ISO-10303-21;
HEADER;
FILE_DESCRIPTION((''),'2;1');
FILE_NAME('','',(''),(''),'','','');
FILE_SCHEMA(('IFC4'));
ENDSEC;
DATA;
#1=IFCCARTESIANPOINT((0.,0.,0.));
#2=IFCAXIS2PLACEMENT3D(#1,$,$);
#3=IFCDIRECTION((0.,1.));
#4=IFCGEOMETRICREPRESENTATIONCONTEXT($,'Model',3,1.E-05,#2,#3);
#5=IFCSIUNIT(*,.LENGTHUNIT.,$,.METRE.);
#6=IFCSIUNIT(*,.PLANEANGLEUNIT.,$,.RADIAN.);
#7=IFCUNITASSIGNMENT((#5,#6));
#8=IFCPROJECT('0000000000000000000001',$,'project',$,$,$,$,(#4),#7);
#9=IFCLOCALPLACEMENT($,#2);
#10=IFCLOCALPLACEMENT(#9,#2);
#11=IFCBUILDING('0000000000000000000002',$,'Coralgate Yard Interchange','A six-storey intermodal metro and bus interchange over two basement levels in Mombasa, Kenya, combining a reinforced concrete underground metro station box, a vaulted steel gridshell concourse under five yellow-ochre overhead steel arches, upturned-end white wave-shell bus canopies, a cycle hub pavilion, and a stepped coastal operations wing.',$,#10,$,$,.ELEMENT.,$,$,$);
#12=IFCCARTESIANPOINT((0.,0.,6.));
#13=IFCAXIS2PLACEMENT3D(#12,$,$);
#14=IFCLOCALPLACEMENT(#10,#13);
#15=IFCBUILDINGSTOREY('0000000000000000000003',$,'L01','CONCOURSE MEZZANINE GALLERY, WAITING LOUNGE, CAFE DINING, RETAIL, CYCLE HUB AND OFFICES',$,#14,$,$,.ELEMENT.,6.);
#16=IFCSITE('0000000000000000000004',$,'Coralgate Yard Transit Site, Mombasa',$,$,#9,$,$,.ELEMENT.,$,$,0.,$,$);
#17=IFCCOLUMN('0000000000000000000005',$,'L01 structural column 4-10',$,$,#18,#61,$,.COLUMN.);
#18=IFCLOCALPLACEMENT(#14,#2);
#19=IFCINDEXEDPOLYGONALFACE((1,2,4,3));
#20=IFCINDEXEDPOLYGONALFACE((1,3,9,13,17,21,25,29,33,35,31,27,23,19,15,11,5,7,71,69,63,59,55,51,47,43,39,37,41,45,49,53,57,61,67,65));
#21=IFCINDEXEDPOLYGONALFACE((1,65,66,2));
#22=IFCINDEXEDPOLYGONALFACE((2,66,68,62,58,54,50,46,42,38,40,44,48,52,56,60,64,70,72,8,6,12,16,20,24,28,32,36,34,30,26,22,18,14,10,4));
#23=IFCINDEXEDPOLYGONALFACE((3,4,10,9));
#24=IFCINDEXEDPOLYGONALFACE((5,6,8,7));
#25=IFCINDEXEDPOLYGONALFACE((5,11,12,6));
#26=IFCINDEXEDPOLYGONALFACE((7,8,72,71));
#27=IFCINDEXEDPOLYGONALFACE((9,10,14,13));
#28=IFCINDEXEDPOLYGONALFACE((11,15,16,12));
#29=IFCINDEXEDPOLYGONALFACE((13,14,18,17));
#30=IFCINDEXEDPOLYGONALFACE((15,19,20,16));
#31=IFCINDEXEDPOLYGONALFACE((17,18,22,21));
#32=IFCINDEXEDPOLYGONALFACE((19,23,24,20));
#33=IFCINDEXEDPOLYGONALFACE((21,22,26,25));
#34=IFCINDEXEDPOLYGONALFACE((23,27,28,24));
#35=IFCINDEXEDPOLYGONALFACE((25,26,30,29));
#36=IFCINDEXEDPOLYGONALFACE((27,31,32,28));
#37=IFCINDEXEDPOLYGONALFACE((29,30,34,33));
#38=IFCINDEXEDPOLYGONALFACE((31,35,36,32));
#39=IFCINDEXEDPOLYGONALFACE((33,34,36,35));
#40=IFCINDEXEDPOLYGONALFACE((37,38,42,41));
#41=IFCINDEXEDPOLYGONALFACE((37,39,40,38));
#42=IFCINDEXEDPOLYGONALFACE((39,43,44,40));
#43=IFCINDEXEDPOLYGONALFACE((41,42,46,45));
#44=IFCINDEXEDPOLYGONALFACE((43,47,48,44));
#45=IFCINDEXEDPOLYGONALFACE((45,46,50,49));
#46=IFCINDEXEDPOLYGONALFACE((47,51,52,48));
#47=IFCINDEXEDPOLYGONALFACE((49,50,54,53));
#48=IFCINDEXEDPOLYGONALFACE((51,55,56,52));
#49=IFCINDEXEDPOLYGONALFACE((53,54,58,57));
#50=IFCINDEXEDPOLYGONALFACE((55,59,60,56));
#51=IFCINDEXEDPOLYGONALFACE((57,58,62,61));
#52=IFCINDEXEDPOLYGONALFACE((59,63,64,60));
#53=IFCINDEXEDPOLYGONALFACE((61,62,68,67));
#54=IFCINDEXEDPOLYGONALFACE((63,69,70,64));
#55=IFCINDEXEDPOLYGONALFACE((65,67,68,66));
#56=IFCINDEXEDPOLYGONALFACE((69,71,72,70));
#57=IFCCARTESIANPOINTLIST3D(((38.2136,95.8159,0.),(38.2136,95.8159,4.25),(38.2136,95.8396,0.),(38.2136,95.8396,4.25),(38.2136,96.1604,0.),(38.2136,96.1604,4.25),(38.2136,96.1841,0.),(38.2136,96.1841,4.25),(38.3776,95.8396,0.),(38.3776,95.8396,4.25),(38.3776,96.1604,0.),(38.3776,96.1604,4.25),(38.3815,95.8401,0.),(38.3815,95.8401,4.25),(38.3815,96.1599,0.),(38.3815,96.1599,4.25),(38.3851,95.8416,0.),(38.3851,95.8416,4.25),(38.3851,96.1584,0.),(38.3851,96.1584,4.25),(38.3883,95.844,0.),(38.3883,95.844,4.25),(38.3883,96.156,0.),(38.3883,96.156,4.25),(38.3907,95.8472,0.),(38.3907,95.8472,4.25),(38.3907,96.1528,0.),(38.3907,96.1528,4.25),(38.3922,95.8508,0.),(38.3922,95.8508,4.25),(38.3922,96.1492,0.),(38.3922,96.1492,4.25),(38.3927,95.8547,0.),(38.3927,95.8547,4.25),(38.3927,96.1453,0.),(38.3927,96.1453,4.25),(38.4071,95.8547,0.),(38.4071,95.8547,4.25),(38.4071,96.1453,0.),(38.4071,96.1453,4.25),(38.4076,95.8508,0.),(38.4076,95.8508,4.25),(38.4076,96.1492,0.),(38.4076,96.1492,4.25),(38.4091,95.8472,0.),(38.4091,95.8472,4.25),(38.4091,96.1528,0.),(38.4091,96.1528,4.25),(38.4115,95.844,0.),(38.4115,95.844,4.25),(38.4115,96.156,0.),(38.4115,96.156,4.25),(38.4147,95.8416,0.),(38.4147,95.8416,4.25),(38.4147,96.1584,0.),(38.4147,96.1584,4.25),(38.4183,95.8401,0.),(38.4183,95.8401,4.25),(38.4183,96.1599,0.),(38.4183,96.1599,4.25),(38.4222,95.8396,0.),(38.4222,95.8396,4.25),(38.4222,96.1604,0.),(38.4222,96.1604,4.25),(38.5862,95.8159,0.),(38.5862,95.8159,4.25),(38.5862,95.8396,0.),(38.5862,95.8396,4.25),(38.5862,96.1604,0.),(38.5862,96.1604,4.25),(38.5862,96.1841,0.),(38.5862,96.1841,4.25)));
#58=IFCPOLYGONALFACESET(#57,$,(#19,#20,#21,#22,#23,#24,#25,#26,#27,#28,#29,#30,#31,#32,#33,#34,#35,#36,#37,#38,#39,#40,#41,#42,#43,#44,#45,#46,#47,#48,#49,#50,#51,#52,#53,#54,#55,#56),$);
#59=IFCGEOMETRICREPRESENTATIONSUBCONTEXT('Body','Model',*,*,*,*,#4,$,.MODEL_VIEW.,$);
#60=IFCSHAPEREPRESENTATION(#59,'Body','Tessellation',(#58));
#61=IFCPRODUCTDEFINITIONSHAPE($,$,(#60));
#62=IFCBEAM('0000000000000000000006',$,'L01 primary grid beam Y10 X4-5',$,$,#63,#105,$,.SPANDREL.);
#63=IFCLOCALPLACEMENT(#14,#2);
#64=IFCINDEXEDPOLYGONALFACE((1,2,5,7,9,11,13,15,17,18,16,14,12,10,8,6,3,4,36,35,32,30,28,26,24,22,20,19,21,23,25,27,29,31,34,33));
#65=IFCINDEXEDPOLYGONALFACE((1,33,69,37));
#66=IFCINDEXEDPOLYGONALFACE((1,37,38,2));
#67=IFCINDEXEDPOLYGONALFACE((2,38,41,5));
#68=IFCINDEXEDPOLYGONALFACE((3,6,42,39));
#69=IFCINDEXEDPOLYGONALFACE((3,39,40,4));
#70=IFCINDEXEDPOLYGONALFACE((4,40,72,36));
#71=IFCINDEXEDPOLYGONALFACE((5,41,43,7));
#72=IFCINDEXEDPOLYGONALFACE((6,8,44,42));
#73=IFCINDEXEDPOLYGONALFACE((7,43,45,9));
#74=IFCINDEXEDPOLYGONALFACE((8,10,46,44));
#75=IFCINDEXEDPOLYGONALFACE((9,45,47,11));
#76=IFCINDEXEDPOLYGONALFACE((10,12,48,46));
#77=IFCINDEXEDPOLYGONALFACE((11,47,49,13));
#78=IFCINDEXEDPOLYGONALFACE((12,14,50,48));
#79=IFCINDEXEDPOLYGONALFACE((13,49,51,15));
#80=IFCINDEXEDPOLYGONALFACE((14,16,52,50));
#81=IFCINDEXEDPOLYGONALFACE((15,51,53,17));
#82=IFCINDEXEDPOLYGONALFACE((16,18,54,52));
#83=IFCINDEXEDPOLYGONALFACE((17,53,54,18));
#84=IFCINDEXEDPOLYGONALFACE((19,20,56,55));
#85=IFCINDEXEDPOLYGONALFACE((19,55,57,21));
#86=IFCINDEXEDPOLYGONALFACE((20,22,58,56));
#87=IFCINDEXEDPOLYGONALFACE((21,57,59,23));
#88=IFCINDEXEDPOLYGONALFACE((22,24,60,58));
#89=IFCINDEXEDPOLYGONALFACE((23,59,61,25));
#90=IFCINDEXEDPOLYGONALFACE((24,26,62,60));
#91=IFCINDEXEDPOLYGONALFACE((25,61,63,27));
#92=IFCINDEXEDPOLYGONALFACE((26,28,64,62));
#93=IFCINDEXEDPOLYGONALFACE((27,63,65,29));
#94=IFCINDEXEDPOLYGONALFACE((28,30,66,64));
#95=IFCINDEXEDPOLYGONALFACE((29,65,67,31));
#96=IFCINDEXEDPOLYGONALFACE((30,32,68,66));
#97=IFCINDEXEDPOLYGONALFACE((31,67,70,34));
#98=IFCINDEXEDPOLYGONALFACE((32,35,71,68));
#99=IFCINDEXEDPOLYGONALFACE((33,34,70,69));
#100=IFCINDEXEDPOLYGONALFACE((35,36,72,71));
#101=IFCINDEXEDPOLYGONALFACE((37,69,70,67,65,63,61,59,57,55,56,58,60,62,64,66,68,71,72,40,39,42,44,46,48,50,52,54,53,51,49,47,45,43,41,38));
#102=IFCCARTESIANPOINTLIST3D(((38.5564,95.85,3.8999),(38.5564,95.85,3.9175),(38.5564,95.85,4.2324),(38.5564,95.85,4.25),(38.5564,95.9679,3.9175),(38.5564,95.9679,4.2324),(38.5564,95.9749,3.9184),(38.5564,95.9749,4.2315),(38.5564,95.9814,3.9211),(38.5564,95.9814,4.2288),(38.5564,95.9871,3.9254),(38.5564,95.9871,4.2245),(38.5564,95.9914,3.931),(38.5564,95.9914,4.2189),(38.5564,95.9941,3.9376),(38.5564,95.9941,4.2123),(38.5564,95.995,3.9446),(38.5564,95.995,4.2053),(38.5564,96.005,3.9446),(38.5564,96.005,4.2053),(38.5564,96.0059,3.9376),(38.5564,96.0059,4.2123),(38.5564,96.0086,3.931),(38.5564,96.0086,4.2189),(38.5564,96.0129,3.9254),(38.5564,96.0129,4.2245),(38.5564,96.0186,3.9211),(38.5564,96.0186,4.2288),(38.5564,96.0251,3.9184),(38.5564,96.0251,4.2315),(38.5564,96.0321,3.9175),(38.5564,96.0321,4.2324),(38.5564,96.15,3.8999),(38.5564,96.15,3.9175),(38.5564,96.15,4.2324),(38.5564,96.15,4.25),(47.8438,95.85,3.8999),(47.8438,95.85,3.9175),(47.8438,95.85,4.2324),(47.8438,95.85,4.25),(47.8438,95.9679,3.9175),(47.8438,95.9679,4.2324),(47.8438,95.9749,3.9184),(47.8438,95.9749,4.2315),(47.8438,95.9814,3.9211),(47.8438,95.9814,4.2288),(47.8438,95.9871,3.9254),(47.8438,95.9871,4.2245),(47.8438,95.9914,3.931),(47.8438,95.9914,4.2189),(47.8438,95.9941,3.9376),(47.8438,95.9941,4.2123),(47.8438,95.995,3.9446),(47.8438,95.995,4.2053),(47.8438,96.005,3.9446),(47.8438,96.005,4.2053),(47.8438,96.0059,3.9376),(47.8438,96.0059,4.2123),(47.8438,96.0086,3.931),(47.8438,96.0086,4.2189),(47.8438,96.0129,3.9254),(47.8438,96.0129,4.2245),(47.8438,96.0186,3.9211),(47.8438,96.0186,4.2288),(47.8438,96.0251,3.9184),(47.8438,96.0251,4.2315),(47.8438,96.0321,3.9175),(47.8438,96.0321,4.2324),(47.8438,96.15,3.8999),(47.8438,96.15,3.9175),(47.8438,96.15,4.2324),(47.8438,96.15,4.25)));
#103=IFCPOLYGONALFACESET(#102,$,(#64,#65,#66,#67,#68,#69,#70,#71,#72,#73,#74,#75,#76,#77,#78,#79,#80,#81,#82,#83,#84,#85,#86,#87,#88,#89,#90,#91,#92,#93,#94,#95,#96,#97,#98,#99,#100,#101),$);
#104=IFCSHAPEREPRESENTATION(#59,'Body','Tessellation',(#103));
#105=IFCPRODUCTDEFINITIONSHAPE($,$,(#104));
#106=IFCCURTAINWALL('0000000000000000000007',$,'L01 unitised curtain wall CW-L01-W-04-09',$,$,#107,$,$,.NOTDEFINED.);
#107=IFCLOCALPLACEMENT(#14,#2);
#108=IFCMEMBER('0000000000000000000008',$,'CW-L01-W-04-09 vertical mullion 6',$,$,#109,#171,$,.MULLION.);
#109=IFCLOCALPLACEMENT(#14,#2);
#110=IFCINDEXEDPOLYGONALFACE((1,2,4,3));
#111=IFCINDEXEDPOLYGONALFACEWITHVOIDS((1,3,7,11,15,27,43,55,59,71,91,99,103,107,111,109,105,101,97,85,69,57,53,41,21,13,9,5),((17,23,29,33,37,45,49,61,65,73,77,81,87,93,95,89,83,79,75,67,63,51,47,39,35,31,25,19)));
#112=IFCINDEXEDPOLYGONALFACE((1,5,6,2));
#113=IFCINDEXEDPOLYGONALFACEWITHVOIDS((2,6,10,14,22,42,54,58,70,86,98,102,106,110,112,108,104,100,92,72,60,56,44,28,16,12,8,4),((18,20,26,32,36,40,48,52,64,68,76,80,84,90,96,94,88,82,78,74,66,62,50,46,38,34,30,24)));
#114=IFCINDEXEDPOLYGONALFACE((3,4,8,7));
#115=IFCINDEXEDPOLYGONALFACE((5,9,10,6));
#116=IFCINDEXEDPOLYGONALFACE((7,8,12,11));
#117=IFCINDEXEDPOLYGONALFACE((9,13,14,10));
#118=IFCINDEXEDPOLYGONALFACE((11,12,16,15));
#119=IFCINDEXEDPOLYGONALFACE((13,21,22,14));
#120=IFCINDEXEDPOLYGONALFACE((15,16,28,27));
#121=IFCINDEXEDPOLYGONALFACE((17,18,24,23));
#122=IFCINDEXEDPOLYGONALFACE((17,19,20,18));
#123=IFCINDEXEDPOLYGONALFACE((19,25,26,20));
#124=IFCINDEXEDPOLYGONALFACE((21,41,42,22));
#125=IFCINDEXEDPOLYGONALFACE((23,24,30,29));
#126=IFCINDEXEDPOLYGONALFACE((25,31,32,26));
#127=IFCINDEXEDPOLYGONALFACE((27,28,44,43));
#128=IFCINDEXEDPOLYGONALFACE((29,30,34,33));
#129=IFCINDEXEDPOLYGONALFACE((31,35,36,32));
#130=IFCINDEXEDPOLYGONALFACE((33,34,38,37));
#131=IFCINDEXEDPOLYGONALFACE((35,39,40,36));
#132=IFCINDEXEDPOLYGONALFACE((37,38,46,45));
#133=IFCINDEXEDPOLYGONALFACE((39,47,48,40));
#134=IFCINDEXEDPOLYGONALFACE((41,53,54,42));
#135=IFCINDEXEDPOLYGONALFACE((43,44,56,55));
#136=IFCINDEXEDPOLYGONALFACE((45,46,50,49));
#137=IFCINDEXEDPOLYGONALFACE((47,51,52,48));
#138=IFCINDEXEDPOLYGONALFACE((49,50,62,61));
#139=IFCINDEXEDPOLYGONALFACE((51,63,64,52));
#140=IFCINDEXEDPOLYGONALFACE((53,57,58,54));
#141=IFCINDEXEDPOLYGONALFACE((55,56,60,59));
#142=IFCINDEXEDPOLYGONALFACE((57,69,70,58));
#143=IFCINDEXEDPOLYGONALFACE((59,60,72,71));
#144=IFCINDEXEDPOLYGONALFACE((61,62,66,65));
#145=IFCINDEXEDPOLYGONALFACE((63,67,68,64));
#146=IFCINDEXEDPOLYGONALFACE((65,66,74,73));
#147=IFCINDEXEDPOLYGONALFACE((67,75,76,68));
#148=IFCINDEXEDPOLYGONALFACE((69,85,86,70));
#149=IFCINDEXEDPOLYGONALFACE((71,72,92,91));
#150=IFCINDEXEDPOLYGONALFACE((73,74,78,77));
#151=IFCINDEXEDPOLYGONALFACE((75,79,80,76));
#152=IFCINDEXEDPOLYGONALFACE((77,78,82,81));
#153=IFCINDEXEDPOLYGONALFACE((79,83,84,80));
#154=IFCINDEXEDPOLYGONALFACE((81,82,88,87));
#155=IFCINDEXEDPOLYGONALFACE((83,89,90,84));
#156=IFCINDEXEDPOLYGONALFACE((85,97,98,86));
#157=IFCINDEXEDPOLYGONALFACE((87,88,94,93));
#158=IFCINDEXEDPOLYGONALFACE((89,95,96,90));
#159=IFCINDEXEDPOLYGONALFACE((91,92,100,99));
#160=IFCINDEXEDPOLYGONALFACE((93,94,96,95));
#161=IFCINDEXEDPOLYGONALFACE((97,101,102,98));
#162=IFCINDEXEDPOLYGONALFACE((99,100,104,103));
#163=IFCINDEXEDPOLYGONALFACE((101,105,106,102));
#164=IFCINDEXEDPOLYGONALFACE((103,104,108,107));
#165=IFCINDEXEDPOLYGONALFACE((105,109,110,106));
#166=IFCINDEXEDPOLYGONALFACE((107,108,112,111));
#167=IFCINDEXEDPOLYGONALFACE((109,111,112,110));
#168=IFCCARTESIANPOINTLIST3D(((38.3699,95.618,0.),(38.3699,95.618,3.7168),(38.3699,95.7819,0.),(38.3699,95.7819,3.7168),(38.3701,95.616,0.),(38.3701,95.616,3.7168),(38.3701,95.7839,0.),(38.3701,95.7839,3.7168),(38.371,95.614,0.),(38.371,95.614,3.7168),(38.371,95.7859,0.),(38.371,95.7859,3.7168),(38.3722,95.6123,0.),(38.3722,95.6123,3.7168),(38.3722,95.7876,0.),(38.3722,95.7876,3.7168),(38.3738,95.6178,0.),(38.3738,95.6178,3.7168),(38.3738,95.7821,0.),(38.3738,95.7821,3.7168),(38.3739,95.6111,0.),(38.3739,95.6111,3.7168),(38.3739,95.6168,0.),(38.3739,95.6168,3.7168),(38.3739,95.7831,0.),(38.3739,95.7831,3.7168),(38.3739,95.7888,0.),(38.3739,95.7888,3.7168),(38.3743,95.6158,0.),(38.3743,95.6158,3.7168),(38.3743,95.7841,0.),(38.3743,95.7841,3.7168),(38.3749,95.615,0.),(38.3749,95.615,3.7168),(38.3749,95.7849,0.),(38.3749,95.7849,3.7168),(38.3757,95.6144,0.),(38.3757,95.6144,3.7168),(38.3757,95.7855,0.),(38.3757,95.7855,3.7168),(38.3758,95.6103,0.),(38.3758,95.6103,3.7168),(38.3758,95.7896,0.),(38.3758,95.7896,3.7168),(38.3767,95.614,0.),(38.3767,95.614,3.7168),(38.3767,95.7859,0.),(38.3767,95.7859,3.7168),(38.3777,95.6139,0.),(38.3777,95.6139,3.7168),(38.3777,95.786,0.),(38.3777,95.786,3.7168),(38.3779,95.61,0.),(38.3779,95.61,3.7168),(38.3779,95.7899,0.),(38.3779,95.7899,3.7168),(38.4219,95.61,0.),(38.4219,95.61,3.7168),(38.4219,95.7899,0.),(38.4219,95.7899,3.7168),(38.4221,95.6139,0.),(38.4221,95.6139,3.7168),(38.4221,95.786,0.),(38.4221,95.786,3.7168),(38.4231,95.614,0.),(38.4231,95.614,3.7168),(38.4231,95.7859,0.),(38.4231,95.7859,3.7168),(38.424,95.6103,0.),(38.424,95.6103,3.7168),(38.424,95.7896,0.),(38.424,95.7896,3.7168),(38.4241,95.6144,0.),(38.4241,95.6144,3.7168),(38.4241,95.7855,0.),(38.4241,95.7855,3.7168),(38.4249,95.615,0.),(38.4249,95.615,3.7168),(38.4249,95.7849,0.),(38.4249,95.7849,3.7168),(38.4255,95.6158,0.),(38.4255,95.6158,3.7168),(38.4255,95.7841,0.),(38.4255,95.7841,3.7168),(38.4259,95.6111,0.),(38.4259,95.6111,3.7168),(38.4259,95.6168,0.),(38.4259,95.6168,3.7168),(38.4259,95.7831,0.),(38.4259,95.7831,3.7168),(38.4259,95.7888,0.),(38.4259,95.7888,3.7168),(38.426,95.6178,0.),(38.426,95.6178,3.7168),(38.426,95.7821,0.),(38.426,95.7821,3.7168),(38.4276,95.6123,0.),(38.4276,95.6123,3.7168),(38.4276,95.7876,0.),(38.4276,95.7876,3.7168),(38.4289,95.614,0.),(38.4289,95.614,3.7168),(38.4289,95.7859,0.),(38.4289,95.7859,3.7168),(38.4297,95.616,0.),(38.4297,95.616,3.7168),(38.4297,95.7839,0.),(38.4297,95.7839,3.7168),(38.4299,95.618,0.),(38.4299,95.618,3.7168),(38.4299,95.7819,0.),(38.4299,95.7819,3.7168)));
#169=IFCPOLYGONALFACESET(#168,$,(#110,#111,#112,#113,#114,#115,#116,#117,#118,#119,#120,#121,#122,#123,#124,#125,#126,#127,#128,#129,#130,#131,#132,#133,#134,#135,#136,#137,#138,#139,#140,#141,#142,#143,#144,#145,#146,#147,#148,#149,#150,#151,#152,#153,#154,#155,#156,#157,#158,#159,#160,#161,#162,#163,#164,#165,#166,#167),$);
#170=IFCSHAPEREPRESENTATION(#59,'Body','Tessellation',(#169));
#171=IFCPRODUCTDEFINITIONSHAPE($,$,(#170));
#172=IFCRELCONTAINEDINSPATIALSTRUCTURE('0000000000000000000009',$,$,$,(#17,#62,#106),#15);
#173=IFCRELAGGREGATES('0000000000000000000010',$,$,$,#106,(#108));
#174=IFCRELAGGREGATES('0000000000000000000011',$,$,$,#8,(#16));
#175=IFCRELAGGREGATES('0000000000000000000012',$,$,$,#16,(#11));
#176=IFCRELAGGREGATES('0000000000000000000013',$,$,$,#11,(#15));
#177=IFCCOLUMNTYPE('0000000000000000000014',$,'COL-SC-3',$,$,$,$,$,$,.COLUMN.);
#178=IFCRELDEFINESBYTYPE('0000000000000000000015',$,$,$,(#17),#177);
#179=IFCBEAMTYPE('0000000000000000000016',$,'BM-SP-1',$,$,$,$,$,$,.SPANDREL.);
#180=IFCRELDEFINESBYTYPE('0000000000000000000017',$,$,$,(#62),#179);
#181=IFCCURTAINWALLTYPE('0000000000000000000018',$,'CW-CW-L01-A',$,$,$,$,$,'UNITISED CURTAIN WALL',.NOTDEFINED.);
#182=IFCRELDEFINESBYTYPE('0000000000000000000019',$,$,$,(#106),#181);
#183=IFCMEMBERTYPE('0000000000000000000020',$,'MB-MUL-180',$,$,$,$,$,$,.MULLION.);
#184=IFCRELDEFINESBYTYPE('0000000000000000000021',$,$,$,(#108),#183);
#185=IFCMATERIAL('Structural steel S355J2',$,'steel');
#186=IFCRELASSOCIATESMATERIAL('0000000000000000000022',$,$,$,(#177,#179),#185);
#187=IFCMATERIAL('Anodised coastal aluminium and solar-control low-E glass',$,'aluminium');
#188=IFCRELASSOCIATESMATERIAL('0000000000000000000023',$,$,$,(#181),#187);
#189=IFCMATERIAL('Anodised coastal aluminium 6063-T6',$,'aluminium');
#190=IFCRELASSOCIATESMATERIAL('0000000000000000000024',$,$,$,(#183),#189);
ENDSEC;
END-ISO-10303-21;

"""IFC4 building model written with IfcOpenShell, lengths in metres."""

from ifc_helpers import new_model, si_unit, direction, frame, origin, origin_2d, place, context, subcontext, project, spatial, hollow_rectangle, i_section, extrude, material, material_profile, profile_set, type_object, element, aggregate, save


model = new_model("IFC4")

# Units and contexts
model_context = context("Model", 3, precision=1e-05, world=origin(), true_north=direction((0.0, 1.0)))
body_context = subcontext(model_context, "Body", "Model", "MODEL_VIEW")
ifc_project = project(units=[si_unit("LENGTHUNIT", "METRE"), si_unit("PLANEANGLEUNIT", "RADIAN")], contexts=[model_context])

# Site, building, storey
site_placement = place(None, origin())
site = spatial("IfcSite", under=ifc_project, at=site_placement, Name="Coralgate Yard Transit Site, Mombasa", CompositionType="ELEMENT", RefElevation=0.0)
building_placement = place(site_placement, origin())
building = spatial("IfcBuilding", under=site, at=building_placement, Name="Coralgate Yard Interchange", Description="A six-storey intermodal metro and bus interchange over two basement levels in Mombasa, Kenya, combining a reinforced concrete underground metro station box, a vaulted steel gridshell concourse under five yellow-ochre overhead steel arches, upturned-end white wave-shell bus canopies, a cycle hub pavilion, and a stepped coastal operations wing.", CompositionType="ELEMENT")
storey_placement = place(building_placement, frame((0.0, 0.0, 6.0)))
storey = spatial("IfcBuildingStorey", under=building, at=storey_placement, Name="L01", Description="CONCOURSE MEZZANINE GALLERY, WAITING LOUNGE, CAFE DINING, RETAIL, CYCLE HUB AND OFFICES", CompositionType="ELEMENT", Elevation=6.0)

# Column
ifc_material_1 = material(Name="Structural steel S355J2", Category="steel")
ifc_material_profile_1 = material_profile(ifc_material_1, i_section(OverallWidth=0.3726, OverallDepth=0.3682, WebThickness=0.0144, FlangeThickness=0.0237, FilletRadius=0.0151, at=origin_2d()), Name="UC 356x368x177")
ifc_profile_set_1 = profile_set([ifc_material_profile_1], Name="Structural steel S355J2")
column_type = type_object("IfcColumnType", Name="COL-SC-3", PredefinedType="COLUMN", material=ifc_profile_set_1)
column_placement = place(storey_placement, frame((38.3999, 96.0, 0.0), z_axis=(0.0, 0.0, 1.0), x_axis=(1.0, 0.0, 0.0)))
element("IfcColumn", 1, at=column_placement, inside=storey, type_object=column_type, Name="L01 structural column 4-10", PredefinedType="COLUMN", context=body_context, shape_type="SweptSolid", body=[
    extrude(i_section(OverallWidth=0.3726, OverallDepth=0.3682, WebThickness=0.0144, FlangeThickness=0.0237, FilletRadius=0.0151, at=origin_2d()), origin(), (0.0, 0.0, 1.0), 4.25),
])

# Beam
ifc_material_profile_2 = material_profile(ifc_material_1, i_section(OverallWidth=0.3, OverallDepth=0.3501, WebThickness=0.01, FlangeThickness=0.0176, FilletRadius=0.0271, at=origin_2d()), Name="HEA 360")
ifc_profile_set_2 = profile_set([ifc_material_profile_2], Name="Structural steel S355J2")
beam_type = type_object("IfcBeamType", Name="BM-SP-1", PredefinedType="SPANDREL", material=ifc_profile_set_2)
beam_placement = place(storey_placement, frame((38.5564, 96.0, 4.075), z_axis=(1.0, 0.0, 0.0), x_axis=(0.0, 1.0, 0.0)))
element("IfcBeam", 2, at=beam_placement, inside=storey, type_object=beam_type, Name="L01 primary grid beam Y10 X4-5", PredefinedType="SPANDREL", context=body_context, shape_type="SweptSolid", body=[
    extrude(i_section(OverallWidth=0.3, OverallDepth=0.3501, WebThickness=0.01, FlangeThickness=0.0176, FilletRadius=0.0271, at=origin_2d()), origin(), (0.0, 0.0, 1.0), 9.2874),
])

# Curtain wall, member
ifc_material_2 = material(Name="Anodised coastal aluminium and solar-control low-E glass", Category="aluminium")
curtain_wall_type_1 = type_object("IfcCurtainWallType", Name="CW-CW-L01-A", ElementType="UNITISED CURTAIN WALL", PredefinedType="NOTDEFINED", material=ifc_material_2)
curtain_wall_1_placement = place(storey_placement, origin())
curtain_wall_1 = element("IfcCurtainWall", 3, at=curtain_wall_1_placement, inside=storey, type_object=curtain_wall_type_1, Name="L01 unitised curtain wall CW-L01-W-04-09", PredefinedType="NOTDEFINED")
ifc_material_3 = material(Name="Anodised coastal aluminium 6063-T6", Category="aluminium")
ifc_material_profile_3 = material_profile(ifc_material_3, hollow_rectangle(XDim=0.0601, YDim=0.1799, WallThickness=0.0039, InnerFilletRadius=0.0039, OuterFilletRadius=0.0081, at=origin_2d()), Name="ALU 60x180x4")
ifc_profile_set_3 = profile_set([ifc_material_profile_3], Name="Anodised coastal aluminium 6063-T6")
member_type_1 = type_object("IfcMemberType", Name="MB-MUL-180", PredefinedType="MULLION", material=ifc_profile_set_3)
member_1_placement = place(storey_placement, frame((38.3999, 95.7, 0.0), z_axis=(0.0, 0.0, 1.0), x_axis=(1.0, 0.0, 0.0)))
member_1 = element("IfcMember", 4, at=member_1_placement, type_object=member_type_1, Name="CW-L01-W-04-09 vertical mullion 6", PredefinedType="MULLION", context=body_context, shape_type="SweptSolid", body=[
    extrude(hollow_rectangle(XDim=0.0601, YDim=0.1799, WallThickness=0.0039, InnerFilletRadius=0.0039, OuterFilletRadius=0.0081, at=origin_2d()), origin(), (0.0, 0.0, 1.0), 3.7168),
])

aggregate(curtain_wall_1, [member_1])

save(model, "model.ifc")
